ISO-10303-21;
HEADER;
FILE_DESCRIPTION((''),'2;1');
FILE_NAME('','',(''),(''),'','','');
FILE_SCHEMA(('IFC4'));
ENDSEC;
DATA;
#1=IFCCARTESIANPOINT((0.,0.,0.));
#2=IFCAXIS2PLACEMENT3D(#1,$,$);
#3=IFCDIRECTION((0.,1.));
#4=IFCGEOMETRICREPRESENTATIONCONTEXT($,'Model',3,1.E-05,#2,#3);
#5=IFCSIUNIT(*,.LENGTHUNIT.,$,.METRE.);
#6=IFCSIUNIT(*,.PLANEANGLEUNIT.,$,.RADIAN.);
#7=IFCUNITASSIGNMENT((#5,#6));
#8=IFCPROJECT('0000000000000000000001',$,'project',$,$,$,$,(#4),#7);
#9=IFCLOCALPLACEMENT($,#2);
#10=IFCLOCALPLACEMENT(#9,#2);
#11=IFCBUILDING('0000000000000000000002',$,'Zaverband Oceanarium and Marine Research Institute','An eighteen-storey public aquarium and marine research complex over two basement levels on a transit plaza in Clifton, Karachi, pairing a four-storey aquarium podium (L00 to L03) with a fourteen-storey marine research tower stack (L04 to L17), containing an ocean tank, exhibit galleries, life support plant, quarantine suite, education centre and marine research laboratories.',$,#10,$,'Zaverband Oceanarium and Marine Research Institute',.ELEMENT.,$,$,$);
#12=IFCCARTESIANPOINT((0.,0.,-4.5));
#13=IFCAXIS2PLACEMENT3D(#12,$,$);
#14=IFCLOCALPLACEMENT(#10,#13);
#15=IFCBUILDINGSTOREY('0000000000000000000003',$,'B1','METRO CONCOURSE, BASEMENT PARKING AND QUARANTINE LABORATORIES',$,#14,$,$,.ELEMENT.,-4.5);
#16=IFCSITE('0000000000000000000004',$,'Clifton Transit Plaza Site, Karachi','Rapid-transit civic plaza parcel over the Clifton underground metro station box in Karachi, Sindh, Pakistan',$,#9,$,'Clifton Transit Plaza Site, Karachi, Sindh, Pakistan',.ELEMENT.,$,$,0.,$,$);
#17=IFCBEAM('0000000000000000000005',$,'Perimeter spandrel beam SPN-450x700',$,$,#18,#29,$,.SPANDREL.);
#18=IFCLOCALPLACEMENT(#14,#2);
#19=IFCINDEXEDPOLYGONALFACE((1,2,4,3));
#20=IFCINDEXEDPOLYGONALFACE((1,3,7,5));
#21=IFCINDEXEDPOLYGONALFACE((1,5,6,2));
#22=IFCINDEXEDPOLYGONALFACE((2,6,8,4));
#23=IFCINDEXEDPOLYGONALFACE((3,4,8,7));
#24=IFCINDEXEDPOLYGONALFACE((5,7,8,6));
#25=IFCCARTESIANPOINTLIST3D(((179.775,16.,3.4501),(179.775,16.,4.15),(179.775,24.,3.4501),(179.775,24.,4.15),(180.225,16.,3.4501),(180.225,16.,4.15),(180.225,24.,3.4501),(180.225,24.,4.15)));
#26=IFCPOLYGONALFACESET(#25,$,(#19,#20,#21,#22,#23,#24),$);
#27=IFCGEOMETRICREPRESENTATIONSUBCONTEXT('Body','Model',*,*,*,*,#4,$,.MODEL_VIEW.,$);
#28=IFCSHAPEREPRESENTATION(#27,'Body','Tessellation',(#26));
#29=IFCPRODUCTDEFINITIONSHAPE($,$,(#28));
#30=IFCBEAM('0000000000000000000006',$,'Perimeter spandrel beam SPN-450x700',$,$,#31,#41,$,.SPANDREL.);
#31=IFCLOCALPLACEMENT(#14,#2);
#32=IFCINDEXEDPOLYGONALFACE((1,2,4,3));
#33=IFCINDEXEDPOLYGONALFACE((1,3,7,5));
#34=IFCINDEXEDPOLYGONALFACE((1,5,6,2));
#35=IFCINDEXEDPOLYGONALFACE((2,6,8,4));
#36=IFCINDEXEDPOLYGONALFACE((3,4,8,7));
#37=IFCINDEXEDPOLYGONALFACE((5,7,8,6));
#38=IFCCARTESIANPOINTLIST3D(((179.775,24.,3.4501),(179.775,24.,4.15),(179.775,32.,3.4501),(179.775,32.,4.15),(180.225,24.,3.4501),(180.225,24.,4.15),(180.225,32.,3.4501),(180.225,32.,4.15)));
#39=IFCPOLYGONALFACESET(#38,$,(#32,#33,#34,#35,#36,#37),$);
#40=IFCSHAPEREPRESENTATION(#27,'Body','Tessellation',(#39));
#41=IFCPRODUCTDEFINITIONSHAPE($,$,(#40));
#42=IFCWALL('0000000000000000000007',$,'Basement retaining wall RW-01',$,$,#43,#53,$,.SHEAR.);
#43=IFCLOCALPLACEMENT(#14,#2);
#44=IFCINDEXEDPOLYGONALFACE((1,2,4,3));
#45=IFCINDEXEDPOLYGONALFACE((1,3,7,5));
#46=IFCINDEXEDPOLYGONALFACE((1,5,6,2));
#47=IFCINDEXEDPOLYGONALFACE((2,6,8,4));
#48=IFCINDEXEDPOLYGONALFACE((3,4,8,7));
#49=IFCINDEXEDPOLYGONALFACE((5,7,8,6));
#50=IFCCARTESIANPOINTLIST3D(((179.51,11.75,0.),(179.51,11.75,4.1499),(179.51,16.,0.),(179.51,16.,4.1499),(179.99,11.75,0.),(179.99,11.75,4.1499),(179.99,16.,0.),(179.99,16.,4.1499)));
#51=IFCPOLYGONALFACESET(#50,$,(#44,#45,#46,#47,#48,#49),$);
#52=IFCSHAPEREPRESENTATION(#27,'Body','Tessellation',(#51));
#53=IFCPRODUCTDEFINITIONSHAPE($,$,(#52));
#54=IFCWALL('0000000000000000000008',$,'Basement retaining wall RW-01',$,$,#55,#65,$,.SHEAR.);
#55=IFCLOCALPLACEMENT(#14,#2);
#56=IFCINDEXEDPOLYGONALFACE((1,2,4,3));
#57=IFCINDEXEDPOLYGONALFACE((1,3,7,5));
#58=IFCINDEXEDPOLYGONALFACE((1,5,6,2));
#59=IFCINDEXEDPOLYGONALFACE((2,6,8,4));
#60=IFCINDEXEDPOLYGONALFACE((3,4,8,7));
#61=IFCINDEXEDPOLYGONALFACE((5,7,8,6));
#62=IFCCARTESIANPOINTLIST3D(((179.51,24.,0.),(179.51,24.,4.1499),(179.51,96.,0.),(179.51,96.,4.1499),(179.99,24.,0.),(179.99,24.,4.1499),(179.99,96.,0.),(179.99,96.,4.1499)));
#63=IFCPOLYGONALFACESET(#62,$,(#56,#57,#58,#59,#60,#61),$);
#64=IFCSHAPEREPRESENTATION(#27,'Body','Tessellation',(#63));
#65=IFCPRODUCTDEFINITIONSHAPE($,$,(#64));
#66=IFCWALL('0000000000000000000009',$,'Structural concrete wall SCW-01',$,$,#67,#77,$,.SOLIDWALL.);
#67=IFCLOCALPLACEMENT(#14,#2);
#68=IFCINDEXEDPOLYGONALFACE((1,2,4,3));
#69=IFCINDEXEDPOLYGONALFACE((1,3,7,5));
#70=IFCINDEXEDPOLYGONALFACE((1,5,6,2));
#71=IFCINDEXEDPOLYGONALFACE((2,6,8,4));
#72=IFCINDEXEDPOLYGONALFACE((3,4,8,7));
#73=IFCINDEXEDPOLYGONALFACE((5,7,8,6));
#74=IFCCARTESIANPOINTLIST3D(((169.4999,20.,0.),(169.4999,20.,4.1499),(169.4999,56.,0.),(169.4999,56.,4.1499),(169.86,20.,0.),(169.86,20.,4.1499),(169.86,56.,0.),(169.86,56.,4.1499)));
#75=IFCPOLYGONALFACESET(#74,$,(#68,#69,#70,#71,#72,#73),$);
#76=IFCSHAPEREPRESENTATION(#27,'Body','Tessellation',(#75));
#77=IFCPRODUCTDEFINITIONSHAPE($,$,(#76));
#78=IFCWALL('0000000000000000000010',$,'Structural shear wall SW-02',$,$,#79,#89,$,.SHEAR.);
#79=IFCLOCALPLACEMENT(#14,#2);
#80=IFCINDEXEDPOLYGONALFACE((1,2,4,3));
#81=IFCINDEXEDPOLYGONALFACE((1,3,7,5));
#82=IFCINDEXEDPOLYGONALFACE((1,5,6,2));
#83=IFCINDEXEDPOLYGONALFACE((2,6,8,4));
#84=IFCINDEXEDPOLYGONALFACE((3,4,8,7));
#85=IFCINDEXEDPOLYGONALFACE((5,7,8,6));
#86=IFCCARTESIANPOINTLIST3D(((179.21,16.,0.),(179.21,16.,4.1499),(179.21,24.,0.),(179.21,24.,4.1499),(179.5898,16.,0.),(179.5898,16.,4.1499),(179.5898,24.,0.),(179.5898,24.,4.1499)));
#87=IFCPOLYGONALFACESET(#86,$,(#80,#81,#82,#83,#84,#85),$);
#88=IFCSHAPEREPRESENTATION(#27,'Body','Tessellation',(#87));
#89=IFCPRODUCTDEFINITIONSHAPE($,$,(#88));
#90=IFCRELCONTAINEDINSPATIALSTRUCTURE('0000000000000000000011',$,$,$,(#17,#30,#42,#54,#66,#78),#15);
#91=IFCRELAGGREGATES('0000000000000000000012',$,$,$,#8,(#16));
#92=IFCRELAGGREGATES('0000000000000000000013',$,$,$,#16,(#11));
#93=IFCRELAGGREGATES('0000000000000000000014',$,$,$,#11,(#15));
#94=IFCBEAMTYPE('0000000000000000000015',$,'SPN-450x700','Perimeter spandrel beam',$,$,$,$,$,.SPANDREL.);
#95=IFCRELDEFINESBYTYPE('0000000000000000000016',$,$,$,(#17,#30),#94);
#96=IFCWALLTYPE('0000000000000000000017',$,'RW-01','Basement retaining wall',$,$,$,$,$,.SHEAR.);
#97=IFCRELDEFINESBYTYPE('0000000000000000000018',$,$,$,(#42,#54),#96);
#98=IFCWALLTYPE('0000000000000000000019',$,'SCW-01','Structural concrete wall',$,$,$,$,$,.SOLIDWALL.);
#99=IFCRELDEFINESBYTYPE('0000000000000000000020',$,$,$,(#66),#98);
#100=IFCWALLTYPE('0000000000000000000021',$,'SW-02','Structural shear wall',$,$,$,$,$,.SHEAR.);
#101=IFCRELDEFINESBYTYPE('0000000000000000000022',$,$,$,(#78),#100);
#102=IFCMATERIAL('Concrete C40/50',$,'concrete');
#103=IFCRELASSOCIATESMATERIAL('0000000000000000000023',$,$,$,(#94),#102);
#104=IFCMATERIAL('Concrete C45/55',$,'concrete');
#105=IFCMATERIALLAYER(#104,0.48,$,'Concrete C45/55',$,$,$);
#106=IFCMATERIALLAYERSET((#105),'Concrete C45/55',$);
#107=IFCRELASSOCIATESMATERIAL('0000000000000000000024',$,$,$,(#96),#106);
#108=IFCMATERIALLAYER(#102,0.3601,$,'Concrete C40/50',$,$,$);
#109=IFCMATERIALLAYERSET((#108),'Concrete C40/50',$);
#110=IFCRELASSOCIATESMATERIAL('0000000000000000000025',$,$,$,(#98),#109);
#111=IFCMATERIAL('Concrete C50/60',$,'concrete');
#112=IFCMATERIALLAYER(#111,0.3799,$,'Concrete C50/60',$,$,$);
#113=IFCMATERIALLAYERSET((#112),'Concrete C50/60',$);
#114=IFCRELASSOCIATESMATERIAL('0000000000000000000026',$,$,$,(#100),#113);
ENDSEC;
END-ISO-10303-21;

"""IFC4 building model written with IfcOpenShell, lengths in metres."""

from ifc_helpers import new_model, si_unit, direction, frame, frame_2d, origin, origin_2d, place, context, subcontext, project, spatial, rectangle, extrude, material, layer, layer_set, material_profile, profile_set, type_object, element, save


model = new_model("IFC4")

# Units and contexts
model_context = context("Model", 3, precision=1e-05, world=origin(), true_north=direction((0.0, 1.0)))
body_context = subcontext(model_context, "Body", "Model", "MODEL_VIEW")
ifc_project = project(units=[si_unit("LENGTHUNIT", "METRE"), si_unit("PLANEANGLEUNIT", "RADIAN")], contexts=[model_context])

# Site, building, storey
site_placement = place(None, origin())
site = spatial("IfcSite", under=ifc_project, at=site_placement, Name="Clifton Transit Plaza Site, Karachi", Description="Rapid-transit civic plaza parcel over the Clifton underground metro station box in Karachi, Sindh, Pakistan", LongName="Clifton Transit Plaza Site, Karachi, Sindh, Pakistan", CompositionType="ELEMENT", RefElevation=0.0)
building_placement = place(site_placement, origin())
building = spatial("IfcBuilding", under=site, at=building_placement, Name="Zaverband Oceanarium and Marine Research Institute", Description="An eighteen-storey public aquarium and marine research complex over two basement levels on a transit plaza in Clifton, Karachi, pairing a four-storey aquarium podium (L00 to L03) with a fourteen-storey marine research tower stack (L04 to L17), containing an ocean tank, exhibit galleries, life support plant, quarantine suite, education centre and marine research laboratories.", LongName="Zaverband Oceanarium and Marine Research Institute", CompositionType="ELEMENT")
storey_placement = place(building_placement, frame((0.0, 0.0, -4.5)))
storey = spatial("IfcBuildingStorey", under=building, at=storey_placement, Name="B1", Description="METRO CONCOURSE, BASEMENT PARKING AND QUARANTINE LABORATORIES", CompositionType="ELEMENT", Elevation=-4.5)

# Shared definitions
ifc_material_1 = material(Name="Concrete C50/60", Category="concrete")

# Beams
ifc_material_2 = material(Name="Concrete C40/50", Category="concrete")
ifc_material_profile_1 = material_profile(ifc_material_2, rectangle(XDim=0.45, YDim=0.7, at=origin_2d()), Name="RC450x700")
ifc_profile_set_1 = profile_set([ifc_material_profile_1], Name="Concrete C40/50")
beam_type_1 = type_object("IfcBeamType", Name="SPN-450x700", Description="Perimeter spandrel beam", PredefinedType="SPANDREL", material=ifc_profile_set_1)
for number, where, z_axis, x_axis, name in (
    (1, (180.0, 16.0, 3.8), (0.0, 1.0, 0.0), (-1.0, 0.0, 0.0), "Perimeter spandrel beam SPN-450x700"),
    (2, (180.0, 24.0, 3.8), (0.0, 1.0, 0.0), (-1.0, 0.0, 0.0), "Perimeter spandrel beam SPN-450x700"),
):
    element("IfcBeam", number, at=place(storey_placement, frame(where, z_axis=z_axis, x_axis=x_axis)), inside=storey, type_object=beam_type_1, Name=name, PredefinedType="SPANDREL", context=body_context, shape_type="SweptSolid", body=[
        extrude(rectangle(XDim=0.45, YDim=0.7, at=origin_2d()), origin(), (0.0, 0.0, 1.0), 8.0),
    ])

# Walls
ifc_material_3 = material(Name="Concrete C45/55", Category="concrete")
ifc_layer_1 = layer(ifc_material_3, 0.48, Name="Concrete C45/55")
ifc_layer_set_1 = layer_set([ifc_layer_1], Name="Concrete C45/55")
wall_type_1 = type_object("IfcWallType", Name="RW-01", Description="Basement retaining wall", PredefinedType="SHEAR", material=ifc_layer_set_1)
wall_1_placement = place(storey_placement, frame((179.75, 11.75, 0.0), z_axis=(0.0, 0.0, 1.0), x_axis=(0.0, 1.0, 0.0)))
element("IfcWall", 3, at=wall_1_placement, inside=storey, type_object=wall_type_1, Name="Basement retaining wall RW-01", PredefinedType="SHEAR", context=body_context, shape_type="SweptSolid", body=[
    extrude(rectangle(XDim=4.25, YDim=0.48, at=frame_2d((2.125, 0.0))), origin(), (0.0, 0.0, 1.0), 4.1499),
])
wall_2_placement = place(storey_placement, frame((179.75, 24.0, 0.0), z_axis=(0.0, 0.0, 1.0), x_axis=(0.0, 1.0, 0.0)))
element("IfcWall", 4, at=wall_2_placement, inside=storey, type_object=wall_type_1, Name="Basement retaining wall RW-01", PredefinedType="SHEAR", context=body_context, shape_type="SweptSolid", body=[
    extrude(rectangle(XDim=72.0, YDim=0.48, at=frame_2d((36.0, 0.0))), origin(), (0.0, 0.0, 1.0), 4.1499),
])
ifc_layer_2 = layer(ifc_material_2, 0.3601, Name="Concrete C40/50")
ifc_layer_set_2 = layer_set([ifc_layer_2], Name="Concrete C40/50")
wall_type_2 = type_object("IfcWallType", Name="SCW-01", Description="Structural concrete wall", PredefinedType="SOLIDWALL", material=ifc_layer_set_2)
wall_3_placement = place(storey_placement, frame((169.6799, 20.0, 0.0), z_axis=(0.0, 0.0, 1.0), x_axis=(0.0, 1.0, 0.0)))
element("IfcWall", 5, at=wall_3_placement, inside=storey, type_object=wall_type_2, Name="Structural concrete wall SCW-01", PredefinedType="SOLIDWALL", context=body_context, shape_type="SweptSolid", body=[
    extrude(rectangle(XDim=36.0, YDim=0.3601, at=frame_2d((18.0, 0.0))), origin(), (0.0, 0.0, 1.0), 4.1499),
])
ifc_layer_3 = layer(ifc_material_1, 0.3799, Name="Concrete C50/60")
ifc_layer_set_3 = layer_set([ifc_layer_3], Name="Concrete C50/60")
wall_type_3 = type_object("IfcWallType", Name="SW-02", Description="Structural shear wall", PredefinedType="SHEAR", material=ifc_layer_set_3)
wall_4_placement = place(storey_placement, frame((179.3999, 16.0, 0.0), z_axis=(0.0, 0.0, 1.0), x_axis=(0.0, 1.0, 0.0)))
element("IfcWall", 6, at=wall_4_placement, inside=storey, type_object=wall_type_3, Name="Structural shear wall SW-02", PredefinedType="SHEAR", context=body_context, shape_type="SweptSolid", body=[
    extrude(rectangle(XDim=8.0, YDim=0.3799, at=frame_2d((4.0, 0.0))), origin(), (0.0, 0.0, 1.0), 4.1499),
])

save(model, "model.ifc")
